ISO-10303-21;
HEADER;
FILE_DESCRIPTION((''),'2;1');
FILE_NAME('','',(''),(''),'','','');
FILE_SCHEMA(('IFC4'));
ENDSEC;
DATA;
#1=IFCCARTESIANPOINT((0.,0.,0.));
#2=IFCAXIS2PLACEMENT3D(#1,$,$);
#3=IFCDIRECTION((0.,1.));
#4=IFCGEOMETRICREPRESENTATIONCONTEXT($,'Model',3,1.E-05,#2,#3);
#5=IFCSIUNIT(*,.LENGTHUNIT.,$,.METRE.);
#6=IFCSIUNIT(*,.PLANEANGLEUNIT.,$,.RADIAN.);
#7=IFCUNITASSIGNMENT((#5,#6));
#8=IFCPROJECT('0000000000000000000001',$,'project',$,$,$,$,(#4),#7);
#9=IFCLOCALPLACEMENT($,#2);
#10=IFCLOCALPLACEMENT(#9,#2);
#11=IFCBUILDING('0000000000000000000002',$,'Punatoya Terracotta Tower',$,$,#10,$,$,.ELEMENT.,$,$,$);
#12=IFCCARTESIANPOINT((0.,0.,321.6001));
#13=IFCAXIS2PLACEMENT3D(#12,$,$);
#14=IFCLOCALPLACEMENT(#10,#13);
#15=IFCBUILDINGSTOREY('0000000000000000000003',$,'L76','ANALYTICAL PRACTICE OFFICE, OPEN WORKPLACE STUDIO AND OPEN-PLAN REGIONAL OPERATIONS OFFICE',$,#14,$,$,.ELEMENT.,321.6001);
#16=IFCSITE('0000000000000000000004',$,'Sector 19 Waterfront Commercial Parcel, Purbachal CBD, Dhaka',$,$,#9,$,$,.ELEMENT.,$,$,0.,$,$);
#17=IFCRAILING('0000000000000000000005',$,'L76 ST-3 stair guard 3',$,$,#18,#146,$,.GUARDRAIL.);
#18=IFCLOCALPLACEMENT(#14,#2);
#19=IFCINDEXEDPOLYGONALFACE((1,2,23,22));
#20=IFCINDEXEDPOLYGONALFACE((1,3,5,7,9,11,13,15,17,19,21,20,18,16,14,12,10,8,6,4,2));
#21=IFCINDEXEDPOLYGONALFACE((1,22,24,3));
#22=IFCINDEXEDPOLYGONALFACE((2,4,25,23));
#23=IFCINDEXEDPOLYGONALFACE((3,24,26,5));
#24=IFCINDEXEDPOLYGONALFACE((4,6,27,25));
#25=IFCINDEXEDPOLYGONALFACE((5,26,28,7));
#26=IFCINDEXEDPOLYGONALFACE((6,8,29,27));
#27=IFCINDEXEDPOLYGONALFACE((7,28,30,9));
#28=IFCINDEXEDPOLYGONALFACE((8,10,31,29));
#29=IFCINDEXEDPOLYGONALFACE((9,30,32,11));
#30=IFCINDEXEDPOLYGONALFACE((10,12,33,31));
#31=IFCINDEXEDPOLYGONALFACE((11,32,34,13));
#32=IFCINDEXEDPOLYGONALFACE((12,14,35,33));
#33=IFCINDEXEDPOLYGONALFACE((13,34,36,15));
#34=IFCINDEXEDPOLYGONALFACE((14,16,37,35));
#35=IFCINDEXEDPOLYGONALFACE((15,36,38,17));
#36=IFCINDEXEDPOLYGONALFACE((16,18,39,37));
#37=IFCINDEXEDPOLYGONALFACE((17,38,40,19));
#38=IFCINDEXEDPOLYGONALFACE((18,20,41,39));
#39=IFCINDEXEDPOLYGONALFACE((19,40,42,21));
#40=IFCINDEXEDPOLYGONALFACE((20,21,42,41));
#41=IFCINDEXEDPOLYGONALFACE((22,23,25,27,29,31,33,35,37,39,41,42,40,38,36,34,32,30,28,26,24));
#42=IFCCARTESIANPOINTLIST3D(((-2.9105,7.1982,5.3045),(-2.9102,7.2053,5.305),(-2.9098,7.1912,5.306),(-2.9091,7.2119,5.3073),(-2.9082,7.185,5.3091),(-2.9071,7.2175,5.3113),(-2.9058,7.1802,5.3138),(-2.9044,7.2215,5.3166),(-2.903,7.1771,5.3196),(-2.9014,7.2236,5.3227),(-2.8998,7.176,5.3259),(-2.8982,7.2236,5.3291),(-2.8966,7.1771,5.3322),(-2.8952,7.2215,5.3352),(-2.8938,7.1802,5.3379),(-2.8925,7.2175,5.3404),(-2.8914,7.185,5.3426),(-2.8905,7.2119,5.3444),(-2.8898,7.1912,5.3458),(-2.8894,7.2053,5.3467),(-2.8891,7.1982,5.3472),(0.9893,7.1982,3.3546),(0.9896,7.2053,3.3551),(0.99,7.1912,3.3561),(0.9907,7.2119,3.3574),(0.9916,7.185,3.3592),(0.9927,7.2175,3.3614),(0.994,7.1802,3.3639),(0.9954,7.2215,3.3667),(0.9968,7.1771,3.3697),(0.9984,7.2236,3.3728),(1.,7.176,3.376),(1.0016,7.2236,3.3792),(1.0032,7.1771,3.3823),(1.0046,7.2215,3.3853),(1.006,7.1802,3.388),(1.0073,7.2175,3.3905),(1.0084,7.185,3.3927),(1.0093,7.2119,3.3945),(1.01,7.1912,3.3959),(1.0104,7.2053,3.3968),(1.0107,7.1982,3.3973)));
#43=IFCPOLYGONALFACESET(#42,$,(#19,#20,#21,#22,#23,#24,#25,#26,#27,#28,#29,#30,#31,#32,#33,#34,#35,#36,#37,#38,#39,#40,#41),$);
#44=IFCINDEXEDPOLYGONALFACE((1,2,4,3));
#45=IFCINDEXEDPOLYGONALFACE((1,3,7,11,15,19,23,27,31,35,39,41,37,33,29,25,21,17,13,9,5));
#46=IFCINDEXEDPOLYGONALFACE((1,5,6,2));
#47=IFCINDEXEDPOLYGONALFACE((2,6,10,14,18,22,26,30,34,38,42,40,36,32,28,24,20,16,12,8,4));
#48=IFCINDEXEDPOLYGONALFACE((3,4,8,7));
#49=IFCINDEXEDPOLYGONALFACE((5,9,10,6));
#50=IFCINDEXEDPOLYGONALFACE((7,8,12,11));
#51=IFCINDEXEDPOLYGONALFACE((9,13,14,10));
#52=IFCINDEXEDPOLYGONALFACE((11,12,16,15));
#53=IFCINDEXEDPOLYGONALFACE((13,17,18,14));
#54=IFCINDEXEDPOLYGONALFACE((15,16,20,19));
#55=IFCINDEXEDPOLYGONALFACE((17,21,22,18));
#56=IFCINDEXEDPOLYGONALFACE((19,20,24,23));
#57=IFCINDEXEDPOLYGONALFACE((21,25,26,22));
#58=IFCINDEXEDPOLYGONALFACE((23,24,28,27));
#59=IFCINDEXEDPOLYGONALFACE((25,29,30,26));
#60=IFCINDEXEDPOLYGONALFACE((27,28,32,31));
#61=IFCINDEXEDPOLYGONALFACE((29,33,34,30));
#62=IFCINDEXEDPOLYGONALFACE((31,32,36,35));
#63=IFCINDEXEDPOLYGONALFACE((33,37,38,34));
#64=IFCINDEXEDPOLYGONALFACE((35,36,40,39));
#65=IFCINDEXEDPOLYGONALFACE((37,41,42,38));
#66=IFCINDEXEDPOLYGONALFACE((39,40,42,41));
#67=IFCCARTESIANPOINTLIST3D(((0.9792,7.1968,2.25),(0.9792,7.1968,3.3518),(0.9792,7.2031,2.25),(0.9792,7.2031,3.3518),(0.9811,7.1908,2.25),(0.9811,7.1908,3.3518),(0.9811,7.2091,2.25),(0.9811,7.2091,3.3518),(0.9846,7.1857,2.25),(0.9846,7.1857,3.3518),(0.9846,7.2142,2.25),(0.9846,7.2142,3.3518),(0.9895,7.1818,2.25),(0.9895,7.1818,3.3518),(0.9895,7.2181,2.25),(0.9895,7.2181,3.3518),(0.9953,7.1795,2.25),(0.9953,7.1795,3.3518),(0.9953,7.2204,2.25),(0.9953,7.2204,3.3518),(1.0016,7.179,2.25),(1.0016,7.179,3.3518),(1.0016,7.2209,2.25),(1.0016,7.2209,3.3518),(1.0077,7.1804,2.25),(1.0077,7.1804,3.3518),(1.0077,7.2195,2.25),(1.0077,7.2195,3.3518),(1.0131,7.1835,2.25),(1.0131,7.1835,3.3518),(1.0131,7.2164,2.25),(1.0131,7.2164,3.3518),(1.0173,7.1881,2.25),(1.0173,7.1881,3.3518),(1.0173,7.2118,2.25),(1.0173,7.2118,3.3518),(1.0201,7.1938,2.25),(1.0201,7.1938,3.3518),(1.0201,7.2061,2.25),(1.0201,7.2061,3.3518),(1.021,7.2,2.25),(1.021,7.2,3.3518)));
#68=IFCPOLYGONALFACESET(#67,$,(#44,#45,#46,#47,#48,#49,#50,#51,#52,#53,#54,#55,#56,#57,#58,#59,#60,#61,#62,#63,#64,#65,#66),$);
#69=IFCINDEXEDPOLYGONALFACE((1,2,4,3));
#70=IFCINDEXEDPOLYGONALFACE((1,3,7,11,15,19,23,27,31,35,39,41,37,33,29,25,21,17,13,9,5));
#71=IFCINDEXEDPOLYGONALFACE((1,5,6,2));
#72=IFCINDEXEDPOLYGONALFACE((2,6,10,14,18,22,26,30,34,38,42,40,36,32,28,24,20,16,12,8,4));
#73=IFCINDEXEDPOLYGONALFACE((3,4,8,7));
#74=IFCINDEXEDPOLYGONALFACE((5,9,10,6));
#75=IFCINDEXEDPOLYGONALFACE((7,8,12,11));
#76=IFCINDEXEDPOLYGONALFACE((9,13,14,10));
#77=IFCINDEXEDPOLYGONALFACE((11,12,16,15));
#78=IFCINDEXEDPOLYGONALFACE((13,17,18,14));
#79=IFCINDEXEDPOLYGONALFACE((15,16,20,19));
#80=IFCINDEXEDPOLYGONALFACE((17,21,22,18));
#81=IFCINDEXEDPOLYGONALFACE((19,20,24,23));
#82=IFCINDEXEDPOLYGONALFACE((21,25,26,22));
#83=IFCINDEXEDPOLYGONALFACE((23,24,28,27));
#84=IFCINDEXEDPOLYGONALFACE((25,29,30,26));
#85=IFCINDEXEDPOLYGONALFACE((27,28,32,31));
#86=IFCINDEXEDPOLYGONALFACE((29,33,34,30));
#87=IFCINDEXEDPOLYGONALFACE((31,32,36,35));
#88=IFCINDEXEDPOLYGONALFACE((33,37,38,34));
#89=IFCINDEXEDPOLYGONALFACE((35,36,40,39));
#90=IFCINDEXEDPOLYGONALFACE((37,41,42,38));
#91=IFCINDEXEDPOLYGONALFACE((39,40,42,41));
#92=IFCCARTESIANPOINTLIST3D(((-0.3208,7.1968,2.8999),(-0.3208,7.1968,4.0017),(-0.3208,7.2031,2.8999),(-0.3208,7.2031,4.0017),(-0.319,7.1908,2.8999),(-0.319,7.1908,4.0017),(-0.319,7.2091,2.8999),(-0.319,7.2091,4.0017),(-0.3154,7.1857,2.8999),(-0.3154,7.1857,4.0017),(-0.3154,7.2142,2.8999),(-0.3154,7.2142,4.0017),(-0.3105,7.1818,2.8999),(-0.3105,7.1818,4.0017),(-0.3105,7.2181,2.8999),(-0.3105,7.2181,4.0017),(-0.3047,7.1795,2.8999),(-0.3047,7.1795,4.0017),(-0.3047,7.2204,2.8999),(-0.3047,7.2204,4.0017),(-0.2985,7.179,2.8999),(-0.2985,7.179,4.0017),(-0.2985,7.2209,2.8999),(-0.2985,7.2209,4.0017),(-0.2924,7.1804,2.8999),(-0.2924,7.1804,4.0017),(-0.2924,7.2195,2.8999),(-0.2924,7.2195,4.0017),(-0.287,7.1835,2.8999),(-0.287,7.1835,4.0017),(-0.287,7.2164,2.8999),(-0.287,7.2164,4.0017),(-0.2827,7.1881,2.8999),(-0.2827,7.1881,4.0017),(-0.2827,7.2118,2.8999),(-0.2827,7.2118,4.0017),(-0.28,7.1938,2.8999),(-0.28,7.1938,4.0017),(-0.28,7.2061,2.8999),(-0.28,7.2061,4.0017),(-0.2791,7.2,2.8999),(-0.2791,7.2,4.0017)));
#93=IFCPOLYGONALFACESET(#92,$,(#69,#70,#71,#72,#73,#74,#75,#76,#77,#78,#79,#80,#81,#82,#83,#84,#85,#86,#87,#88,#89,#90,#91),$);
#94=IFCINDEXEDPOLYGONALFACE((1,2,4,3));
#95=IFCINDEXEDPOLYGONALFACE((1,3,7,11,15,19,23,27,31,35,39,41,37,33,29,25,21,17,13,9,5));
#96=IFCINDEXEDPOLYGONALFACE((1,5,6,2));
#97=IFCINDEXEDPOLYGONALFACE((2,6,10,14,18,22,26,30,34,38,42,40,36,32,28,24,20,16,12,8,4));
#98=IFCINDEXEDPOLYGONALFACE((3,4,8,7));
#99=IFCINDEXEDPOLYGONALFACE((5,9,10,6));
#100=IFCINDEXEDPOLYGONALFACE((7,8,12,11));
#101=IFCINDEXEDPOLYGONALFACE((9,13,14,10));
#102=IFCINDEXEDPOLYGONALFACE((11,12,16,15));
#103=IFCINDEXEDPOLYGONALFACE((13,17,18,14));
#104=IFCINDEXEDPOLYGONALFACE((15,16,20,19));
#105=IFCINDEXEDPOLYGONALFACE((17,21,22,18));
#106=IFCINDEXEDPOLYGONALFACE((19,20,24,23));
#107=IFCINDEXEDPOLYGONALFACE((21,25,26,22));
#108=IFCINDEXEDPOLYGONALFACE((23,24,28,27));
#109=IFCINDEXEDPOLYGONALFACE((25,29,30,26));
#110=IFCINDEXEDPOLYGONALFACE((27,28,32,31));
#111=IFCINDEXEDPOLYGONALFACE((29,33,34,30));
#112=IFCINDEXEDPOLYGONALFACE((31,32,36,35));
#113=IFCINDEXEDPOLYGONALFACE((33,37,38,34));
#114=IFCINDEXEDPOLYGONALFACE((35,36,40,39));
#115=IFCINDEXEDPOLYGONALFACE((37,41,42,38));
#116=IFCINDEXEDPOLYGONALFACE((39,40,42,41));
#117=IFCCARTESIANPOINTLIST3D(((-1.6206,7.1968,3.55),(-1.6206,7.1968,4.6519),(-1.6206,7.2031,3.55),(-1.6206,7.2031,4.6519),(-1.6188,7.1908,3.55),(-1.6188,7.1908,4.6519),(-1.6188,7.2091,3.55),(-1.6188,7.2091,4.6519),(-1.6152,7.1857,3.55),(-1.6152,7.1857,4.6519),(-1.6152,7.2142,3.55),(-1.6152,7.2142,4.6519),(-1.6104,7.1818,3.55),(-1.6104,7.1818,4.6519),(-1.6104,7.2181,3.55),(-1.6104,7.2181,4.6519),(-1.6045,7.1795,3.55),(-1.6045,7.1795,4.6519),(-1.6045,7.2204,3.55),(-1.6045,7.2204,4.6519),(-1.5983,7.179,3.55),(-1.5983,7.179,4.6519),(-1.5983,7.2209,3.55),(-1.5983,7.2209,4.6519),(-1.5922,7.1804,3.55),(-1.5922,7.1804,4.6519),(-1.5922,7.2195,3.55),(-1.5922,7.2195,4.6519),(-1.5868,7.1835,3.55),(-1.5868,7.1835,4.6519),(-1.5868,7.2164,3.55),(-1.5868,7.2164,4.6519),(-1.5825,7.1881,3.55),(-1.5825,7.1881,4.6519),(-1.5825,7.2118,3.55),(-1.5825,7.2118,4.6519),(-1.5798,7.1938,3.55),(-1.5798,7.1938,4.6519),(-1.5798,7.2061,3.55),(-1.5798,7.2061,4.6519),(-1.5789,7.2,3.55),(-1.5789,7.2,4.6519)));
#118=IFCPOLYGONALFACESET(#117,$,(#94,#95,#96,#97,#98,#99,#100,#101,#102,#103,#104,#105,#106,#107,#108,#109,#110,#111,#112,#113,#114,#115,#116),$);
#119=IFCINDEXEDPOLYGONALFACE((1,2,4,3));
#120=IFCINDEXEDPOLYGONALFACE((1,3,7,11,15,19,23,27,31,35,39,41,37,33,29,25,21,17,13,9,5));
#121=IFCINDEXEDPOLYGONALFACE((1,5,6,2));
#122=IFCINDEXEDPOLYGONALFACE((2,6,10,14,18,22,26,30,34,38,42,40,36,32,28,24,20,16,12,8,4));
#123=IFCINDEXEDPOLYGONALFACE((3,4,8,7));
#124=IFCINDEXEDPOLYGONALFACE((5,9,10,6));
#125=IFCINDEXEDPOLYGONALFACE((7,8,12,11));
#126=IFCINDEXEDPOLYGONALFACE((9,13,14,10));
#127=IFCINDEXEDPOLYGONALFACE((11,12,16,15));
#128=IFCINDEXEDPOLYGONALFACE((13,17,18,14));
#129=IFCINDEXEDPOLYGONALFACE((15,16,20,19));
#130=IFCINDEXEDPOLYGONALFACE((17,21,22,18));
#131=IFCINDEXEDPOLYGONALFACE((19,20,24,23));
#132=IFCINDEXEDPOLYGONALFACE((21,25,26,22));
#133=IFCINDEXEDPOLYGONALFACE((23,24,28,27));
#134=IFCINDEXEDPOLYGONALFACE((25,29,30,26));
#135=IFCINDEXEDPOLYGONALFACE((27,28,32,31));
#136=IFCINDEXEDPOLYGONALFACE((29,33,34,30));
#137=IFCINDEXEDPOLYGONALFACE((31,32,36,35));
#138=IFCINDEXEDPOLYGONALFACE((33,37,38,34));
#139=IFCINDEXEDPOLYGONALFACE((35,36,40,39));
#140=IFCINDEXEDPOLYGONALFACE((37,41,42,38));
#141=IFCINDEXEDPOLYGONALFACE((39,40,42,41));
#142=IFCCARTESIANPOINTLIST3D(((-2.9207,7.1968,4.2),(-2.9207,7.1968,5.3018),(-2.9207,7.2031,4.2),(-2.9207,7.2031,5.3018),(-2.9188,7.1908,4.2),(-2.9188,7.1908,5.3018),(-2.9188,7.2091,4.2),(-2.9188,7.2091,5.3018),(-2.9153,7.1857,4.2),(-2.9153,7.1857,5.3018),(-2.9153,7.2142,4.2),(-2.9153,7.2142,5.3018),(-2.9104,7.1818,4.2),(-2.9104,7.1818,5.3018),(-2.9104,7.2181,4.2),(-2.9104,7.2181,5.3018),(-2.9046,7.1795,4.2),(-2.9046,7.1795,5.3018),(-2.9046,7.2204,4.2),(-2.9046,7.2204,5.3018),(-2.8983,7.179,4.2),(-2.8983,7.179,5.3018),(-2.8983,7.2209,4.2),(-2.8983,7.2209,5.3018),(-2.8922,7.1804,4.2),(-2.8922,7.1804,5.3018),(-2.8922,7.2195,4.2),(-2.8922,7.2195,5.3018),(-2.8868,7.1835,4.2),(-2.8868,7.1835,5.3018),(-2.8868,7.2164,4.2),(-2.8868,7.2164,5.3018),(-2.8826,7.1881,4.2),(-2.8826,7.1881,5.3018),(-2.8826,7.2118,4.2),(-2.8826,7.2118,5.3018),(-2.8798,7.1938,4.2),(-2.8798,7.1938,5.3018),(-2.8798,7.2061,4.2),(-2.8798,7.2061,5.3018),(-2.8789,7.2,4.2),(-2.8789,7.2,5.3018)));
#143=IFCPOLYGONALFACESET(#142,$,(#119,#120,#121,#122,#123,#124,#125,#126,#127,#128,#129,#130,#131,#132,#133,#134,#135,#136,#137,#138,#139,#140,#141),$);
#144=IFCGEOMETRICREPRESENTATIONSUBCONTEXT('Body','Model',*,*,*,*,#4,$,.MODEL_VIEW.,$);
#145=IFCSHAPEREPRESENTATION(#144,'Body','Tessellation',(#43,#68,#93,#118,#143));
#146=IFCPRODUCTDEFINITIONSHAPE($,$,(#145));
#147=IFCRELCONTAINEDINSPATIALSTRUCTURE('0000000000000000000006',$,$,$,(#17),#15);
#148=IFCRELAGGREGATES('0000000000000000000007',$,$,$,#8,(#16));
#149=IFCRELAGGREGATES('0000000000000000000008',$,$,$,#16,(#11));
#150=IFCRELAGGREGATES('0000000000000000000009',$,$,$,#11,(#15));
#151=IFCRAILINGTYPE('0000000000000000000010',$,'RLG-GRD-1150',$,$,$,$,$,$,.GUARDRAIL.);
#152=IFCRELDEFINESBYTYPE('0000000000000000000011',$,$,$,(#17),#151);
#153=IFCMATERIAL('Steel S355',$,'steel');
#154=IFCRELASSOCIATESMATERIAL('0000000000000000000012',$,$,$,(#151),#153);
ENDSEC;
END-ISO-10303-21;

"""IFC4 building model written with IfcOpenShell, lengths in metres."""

from ifc_helpers import new_model, si_unit, direction, frame, origin, origin_2d, place, context, subcontext, project, spatial, circle, extrude, material, type_object, element, save


model = new_model("IFC4")

# Units and contexts
model_context = context("Model", 3, precision=1e-05, world=origin(), true_north=direction((0.0, 1.0)))
body_context = subcontext(model_context, "Body", "Model", "MODEL_VIEW")
ifc_project = project(units=[si_unit("LENGTHUNIT", "METRE"), si_unit("PLANEANGLEUNIT", "RADIAN")], contexts=[model_context])

# Site, building, storey
site_placement = place(None, origin())
site = spatial("IfcSite", under=ifc_project, at=site_placement, Name="Sector 19 Waterfront Commercial Parcel, Purbachal CBD, Dhaka", CompositionType="ELEMENT", RefElevation=0.0)
building_placement = place(site_placement, origin())
building = spatial("IfcBuilding", under=site, at=building_placement, Name="Punatoya Terracotta Tower", CompositionType="ELEMENT")
storey_placement = place(building_placement, frame((0.0, 0.0, 321.6001)))
storey = spatial("IfcBuildingStorey", under=building, at=storey_placement, Name="L76", Description="ANALYTICAL PRACTICE OFFICE, OPEN WORKPLACE STUDIO AND OPEN-PLAN REGIONAL OPERATIONS OFFICE", CompositionType="ELEMENT", Elevation=321.6001)

# Shared definitions
ifc_material_1 = material(Name="Steel S355", Category="steel")

# Railing
railing_type_1 = type_object("IfcRailingType", Name="RLG-GRD-1150", PredefinedType="GUARDRAIL", material=ifc_material_1)
railing_1_placement = place(storey_placement, frame((1.0, 7.2, 2.25)))
element("IfcRailing", 1, at=railing_1_placement, inside=storey, type_object=railing_type_1, Name="L76 ST-3 stair guard 3", PredefinedType="GUARDRAIL", context=body_context, shape_type="SweptSolid", body=[
    extrude(circle(Radius=0.0239, at=origin_2d()), frame((0.0, 0.0, 1.126), z_axis=(-0.894427, 0.0, 0.447214), x_axis=(0.0, -1.0, 0.0)), (0.0, 0.0, 1.0), 4.3601),
    extrude(circle(Radius=0.021, at=origin_2d()), origin(), (0.0, 0.0, 1.0), 1.1018),
    extrude(circle(Radius=0.021, at=origin_2d()), frame((-1.3, 0.0, 0.6499)), (0.0, 0.0, 1.0), 1.1018),
    extrude(circle(Radius=0.021, at=origin_2d()), frame((-2.5999, 0.0, 1.3)), (0.0, 0.0, 1.0), 1.1018),
    extrude(circle(Radius=0.021, at=origin_2d()), frame((-3.8999, 0.0, 1.95)), (0.0, 0.0, 1.0), 1.1018),
])

save(model, "model.ifc")
